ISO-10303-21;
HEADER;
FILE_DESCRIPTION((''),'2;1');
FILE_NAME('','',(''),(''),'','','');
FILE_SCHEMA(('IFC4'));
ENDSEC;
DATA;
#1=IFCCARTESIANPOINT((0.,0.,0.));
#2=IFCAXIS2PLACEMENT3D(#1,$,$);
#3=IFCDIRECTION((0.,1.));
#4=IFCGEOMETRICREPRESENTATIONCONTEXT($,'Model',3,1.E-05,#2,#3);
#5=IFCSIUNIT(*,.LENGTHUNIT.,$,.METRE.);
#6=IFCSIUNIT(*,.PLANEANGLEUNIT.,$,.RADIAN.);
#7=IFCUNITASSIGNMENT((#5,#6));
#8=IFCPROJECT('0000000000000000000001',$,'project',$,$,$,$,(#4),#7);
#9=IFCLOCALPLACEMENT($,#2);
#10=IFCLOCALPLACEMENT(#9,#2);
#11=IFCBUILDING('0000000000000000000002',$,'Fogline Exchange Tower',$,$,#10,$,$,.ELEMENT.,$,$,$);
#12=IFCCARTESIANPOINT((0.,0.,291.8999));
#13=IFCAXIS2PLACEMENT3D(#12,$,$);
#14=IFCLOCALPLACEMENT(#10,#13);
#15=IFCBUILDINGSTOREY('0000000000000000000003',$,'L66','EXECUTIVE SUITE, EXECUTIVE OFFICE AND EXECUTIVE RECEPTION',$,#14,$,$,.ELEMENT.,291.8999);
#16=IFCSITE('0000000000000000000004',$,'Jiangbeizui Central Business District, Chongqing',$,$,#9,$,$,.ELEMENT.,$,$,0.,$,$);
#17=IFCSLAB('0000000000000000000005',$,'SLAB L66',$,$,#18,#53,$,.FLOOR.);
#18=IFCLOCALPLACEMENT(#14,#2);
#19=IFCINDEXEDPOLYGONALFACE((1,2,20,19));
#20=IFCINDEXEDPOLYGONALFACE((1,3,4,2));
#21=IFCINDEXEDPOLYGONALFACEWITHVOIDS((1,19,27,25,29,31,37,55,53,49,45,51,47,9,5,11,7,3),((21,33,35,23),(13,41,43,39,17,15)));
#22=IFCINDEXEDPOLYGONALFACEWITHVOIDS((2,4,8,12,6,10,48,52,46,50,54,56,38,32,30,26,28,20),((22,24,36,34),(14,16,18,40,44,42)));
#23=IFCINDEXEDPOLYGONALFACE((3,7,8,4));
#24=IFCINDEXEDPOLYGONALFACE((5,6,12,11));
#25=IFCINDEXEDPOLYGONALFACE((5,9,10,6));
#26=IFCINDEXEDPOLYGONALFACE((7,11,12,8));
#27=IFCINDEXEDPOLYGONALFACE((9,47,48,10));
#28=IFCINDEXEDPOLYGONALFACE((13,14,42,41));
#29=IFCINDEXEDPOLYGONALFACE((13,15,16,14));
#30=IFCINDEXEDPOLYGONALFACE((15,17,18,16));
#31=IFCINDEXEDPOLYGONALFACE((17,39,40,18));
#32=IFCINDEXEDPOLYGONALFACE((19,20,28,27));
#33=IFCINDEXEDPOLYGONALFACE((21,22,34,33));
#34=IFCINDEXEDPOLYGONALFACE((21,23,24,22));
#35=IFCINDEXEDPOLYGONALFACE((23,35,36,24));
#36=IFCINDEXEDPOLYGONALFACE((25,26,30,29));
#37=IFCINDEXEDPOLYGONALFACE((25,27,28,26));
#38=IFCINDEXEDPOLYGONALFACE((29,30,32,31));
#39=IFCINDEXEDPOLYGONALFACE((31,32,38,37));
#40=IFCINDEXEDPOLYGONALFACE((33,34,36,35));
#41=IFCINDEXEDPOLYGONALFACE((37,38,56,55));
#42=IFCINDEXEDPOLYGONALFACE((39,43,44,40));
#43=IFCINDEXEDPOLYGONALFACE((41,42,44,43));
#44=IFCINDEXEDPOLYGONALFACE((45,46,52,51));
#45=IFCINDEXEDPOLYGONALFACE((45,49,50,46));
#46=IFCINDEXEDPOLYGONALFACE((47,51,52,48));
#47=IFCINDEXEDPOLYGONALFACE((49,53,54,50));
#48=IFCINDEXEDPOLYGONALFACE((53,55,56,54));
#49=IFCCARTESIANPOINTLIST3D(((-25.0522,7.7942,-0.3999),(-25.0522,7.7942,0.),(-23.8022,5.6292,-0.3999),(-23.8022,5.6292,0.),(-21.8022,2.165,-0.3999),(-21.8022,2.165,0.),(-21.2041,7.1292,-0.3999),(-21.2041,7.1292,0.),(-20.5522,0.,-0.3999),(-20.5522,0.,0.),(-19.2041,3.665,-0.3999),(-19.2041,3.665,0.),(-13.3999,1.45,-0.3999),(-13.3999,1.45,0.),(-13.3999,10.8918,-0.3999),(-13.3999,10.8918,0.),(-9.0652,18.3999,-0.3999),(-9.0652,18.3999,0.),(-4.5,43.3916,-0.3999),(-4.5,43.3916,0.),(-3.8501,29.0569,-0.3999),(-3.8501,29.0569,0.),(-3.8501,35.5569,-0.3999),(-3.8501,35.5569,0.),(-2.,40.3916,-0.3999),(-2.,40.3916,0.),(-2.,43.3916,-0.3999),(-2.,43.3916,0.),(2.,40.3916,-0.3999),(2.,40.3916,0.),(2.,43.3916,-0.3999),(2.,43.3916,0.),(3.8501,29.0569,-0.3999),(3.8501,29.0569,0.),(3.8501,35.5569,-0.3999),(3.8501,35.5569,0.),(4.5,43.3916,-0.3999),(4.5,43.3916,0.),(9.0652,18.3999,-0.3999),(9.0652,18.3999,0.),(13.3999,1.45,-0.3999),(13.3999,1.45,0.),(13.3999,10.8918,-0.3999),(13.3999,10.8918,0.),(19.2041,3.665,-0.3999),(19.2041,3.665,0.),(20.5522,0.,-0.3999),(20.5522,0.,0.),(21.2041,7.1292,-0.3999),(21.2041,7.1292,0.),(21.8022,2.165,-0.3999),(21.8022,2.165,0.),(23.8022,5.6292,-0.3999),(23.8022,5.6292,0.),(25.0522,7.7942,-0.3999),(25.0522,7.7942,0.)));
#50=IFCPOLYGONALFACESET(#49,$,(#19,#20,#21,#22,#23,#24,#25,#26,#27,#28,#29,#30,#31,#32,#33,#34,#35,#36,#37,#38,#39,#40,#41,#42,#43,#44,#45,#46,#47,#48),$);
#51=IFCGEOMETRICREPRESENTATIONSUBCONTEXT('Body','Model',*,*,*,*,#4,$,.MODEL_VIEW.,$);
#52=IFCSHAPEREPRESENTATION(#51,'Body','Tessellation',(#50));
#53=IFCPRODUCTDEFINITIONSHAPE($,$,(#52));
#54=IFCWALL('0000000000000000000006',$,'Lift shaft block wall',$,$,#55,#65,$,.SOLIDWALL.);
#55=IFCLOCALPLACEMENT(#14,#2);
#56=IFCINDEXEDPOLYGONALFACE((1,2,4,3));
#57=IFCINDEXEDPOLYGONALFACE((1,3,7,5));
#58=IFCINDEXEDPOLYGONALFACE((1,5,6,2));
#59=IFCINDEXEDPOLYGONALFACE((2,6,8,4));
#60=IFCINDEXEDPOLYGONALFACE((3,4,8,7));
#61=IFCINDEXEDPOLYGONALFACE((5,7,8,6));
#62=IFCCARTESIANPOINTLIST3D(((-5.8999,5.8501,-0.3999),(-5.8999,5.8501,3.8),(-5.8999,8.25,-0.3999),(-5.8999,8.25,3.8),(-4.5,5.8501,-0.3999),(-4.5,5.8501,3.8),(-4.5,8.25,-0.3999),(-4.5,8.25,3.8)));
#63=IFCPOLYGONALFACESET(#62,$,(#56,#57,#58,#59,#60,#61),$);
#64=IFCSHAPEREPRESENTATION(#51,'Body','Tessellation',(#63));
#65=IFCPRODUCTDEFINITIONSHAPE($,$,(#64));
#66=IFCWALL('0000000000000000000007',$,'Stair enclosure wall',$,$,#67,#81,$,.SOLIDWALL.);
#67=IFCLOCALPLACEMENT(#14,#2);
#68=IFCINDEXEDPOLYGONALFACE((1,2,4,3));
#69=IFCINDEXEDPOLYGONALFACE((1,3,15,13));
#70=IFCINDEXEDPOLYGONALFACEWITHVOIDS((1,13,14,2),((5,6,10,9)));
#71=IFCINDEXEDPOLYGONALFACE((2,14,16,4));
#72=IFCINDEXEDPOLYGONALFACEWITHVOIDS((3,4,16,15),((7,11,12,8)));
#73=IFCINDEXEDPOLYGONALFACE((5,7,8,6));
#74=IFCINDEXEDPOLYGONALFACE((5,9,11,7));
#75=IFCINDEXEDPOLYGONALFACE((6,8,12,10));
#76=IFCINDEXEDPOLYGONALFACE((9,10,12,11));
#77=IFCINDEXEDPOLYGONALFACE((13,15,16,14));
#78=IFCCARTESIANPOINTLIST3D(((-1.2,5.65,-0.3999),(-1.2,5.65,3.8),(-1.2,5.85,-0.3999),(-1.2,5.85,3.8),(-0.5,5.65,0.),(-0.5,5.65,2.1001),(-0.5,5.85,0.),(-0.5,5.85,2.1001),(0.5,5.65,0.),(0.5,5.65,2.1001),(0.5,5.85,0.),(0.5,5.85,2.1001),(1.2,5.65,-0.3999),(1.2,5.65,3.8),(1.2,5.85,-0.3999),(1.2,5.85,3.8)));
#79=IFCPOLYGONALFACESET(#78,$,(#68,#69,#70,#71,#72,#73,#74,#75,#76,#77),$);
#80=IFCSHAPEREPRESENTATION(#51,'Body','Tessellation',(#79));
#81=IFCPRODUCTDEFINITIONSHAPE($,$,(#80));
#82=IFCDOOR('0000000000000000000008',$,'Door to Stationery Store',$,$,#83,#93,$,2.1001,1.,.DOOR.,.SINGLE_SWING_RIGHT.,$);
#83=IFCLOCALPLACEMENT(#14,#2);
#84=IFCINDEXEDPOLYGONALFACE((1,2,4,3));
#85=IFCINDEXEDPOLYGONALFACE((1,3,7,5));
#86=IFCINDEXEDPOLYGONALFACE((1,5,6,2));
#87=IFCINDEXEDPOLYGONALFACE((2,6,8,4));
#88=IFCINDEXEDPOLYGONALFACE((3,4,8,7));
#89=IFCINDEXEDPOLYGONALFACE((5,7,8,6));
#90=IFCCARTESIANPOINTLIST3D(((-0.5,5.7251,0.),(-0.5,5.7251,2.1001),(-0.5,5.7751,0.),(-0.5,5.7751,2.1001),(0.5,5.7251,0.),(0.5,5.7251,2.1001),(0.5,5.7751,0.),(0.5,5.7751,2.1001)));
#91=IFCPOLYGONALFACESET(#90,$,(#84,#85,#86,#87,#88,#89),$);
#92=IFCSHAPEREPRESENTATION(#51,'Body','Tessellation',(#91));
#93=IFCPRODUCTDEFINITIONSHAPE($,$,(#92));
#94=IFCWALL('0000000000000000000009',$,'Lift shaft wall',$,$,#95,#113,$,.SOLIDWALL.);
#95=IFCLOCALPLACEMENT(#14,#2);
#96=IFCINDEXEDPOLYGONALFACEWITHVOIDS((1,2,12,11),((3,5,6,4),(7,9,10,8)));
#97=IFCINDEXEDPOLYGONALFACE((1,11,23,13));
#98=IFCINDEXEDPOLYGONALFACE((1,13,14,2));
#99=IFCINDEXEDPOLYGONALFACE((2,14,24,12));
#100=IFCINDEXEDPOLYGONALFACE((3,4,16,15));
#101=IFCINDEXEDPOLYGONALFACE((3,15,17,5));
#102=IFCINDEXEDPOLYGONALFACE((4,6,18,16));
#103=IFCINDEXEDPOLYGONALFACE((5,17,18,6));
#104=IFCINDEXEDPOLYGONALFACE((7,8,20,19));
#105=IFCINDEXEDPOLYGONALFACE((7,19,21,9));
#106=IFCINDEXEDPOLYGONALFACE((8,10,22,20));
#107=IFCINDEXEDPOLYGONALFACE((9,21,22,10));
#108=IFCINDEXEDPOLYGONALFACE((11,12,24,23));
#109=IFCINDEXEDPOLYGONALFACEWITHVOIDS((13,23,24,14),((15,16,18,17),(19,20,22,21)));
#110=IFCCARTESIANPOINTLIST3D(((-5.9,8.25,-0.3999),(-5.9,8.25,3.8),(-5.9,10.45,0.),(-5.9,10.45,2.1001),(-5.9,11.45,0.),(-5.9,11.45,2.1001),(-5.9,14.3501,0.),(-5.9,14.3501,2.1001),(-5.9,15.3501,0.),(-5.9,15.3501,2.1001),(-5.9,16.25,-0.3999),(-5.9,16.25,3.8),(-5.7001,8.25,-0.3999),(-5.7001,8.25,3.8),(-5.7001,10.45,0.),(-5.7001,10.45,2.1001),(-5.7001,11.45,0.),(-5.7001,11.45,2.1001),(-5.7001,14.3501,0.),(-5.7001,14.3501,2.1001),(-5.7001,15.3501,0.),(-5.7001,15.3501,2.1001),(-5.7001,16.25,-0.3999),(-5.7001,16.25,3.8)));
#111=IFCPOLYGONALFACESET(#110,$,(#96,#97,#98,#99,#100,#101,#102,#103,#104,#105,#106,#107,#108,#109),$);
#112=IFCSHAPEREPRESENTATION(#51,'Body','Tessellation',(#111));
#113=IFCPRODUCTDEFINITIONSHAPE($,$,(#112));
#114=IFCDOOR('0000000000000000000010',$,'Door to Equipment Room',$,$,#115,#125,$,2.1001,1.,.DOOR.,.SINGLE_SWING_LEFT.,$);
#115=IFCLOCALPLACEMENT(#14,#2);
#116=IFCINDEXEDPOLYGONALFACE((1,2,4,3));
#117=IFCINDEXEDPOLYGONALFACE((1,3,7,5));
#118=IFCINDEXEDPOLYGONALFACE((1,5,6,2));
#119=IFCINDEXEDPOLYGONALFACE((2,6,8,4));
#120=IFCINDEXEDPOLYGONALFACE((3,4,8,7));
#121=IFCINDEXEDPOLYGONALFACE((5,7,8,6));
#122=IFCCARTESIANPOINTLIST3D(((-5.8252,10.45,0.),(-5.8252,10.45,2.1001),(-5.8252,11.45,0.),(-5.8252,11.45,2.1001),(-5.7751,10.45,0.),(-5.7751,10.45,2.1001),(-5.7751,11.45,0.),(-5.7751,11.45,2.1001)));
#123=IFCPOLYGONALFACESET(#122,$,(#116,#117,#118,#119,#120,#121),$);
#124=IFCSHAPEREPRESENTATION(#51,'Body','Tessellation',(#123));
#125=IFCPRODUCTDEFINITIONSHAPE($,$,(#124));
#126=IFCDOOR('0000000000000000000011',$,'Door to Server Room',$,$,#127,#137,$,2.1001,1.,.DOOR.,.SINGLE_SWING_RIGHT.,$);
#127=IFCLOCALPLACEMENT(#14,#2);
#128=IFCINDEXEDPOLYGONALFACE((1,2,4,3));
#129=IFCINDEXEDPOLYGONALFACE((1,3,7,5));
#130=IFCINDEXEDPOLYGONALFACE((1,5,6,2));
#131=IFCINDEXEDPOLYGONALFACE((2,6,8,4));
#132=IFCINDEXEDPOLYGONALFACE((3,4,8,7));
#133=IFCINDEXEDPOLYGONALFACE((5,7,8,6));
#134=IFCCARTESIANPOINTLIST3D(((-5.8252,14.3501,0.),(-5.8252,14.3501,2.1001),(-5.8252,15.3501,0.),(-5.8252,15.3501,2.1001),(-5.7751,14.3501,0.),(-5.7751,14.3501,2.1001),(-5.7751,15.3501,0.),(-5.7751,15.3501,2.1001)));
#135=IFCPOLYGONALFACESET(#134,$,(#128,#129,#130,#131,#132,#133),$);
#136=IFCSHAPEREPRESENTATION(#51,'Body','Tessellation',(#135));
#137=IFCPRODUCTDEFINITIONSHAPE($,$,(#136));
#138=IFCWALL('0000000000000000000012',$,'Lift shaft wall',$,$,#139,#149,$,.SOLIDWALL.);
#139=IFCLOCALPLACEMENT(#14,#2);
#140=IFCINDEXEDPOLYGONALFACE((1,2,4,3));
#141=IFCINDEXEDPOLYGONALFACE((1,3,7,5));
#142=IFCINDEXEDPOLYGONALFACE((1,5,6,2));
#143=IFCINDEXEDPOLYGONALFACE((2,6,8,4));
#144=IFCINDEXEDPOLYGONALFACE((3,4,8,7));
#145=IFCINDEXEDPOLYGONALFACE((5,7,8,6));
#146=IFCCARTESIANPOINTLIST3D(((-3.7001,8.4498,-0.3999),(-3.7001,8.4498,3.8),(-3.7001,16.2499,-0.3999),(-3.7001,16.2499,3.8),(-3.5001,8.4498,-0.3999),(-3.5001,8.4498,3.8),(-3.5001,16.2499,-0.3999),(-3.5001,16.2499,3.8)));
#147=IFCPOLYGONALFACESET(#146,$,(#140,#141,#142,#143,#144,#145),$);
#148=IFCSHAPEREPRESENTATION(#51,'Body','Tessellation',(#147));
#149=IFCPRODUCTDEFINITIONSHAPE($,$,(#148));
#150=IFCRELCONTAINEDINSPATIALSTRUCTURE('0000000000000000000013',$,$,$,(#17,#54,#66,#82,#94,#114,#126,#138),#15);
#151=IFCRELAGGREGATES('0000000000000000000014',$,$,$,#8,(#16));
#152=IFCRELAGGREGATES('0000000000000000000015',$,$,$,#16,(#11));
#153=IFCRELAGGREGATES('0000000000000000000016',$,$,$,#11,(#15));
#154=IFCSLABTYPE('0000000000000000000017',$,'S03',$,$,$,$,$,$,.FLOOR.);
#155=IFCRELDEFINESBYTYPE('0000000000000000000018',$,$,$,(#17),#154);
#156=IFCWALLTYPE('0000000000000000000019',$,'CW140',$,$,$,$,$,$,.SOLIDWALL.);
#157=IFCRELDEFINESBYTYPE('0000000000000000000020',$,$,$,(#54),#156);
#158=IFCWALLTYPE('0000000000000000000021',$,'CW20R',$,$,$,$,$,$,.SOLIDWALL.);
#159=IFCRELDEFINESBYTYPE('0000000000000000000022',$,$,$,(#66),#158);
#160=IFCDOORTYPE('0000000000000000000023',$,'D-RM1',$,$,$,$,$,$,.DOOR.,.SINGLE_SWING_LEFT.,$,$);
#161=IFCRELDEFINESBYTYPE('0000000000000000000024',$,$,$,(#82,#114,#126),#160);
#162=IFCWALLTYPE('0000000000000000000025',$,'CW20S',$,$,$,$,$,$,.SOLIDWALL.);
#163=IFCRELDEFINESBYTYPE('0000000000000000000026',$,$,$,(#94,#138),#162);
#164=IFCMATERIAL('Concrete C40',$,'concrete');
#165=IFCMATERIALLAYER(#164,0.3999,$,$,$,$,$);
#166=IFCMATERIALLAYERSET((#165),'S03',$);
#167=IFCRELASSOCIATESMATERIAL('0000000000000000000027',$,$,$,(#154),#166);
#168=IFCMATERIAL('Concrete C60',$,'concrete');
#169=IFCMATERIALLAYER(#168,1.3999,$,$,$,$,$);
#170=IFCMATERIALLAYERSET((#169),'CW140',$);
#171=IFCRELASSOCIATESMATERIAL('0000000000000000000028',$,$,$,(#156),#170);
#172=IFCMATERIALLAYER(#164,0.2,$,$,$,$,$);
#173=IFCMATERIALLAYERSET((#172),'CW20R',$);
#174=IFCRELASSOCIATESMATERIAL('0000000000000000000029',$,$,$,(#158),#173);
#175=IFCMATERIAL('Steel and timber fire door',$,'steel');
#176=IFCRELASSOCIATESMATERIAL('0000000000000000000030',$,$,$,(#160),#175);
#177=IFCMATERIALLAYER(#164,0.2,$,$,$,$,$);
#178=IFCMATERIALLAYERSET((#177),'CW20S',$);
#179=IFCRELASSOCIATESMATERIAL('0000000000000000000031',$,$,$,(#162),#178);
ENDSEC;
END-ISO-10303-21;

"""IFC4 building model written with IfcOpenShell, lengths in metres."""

from ifc_helpers import new_model, si_unit, direction, frame, frame_2d, origin, place, context, subcontext, project, spatial, polyline, rectangle, outline, extrude, material, layer, layer_set, type_object, element, fill, save


model = new_model("IFC4")

# Units and contexts
model_context = context("Model", 3, precision=1e-05, world=origin(), true_north=direction((0.0, 1.0)))
body_context = subcontext(model_context, "Body", "Model", "MODEL_VIEW")
ifc_project = project(units=[si_unit("LENGTHUNIT", "METRE"), si_unit("PLANEANGLEUNIT", "RADIAN")], contexts=[model_context])

# Site, building, storey
site_placement = place(None, origin())
site = spatial("IfcSite", under=ifc_project, at=site_placement, Name="Jiangbeizui Central Business District, Chongqing", CompositionType="ELEMENT", RefElevation=0.0)
building_placement = place(site_placement, origin())
building = spatial("IfcBuilding", under=site, at=building_placement, Name="Fogline Exchange Tower", CompositionType="ELEMENT")
storey_placement = place(building_placement, frame((0.0, 0.0, 291.8999)))
storey = spatial("IfcBuildingStorey", under=building, at=storey_placement, Name="L66", Description="EXECUTIVE SUITE, EXECUTIVE OFFICE AND EXECUTIVE RECEPTION", CompositionType="ELEMENT", Elevation=291.8999)

# Slab
ifc_material_1 = material(Name="Concrete C40", Category="concrete")
ifc_layer_1 = layer(ifc_material_1, 0.3999)
ifc_layer_set_1 = layer_set([ifc_layer_1], Name="S03")
slab_type = type_object("IfcSlabType", Name="S03", PredefinedType="FLOOR", material=ifc_layer_set_1)
slab_placement = place(storey_placement, frame((0.0, 0.0, -0.3999)))
element("IfcSlab", 1, at=slab_placement, inside=storey, type_object=slab_type, Name="SLAB L66", PredefinedType="FLOOR", context=body_context, shape_type="SweptSolid", body=[
    extrude(outline(polyline([(-2.0, 43.3916), (-4.5, 43.3916), (-25.0522, 7.7942), (-23.8022, 5.6292), (-21.2041, 7.1292), (-19.2041, 3.665), (-21.8022, 2.165), (-20.5522, 0.0), (20.5522, 0.0), (21.8022, 2.165), (19.2041, 3.665), (21.2041, 7.1292), (23.8022, 5.6292), (25.0522, 7.7942), (4.5, 43.3916), (2.0, 43.3916), (2.0, 40.3916), (-2.0, 40.3916), (-2.0, 43.3916)]), holes=[polyline([(13.3999, 10.8918), (13.3999, 1.45), (-13.3999, 1.45), (-13.3999, 10.8918), (-9.0652, 18.3999), (9.0652, 18.3999), (13.3999, 10.8918)]), polyline([(3.8501, 35.5569), (3.8501, 29.0569), (-3.8501, 29.0569), (-3.8501, 35.5569), (3.8501, 35.5569)])]), origin(), (0.0, 0.0, 1.0), 0.3999),
])

# Wall
ifc_material_2 = material(Name="Concrete C60", Category="concrete")
ifc_layer_2 = layer(ifc_material_2, 1.3999)
ifc_layer_set_2 = layer_set([ifc_layer_2], Name="CW140")
wall_type_1 = type_object("IfcWallType", Name="CW140", PredefinedType="SOLIDWALL", material=ifc_layer_set_2)
wall_1_placement = place(storey_placement, frame((-5.2, 5.8501, -0.3999), z_axis=(0.0, 0.0, 1.0), x_axis=(0.0, 1.0, 0.0)))
element("IfcWall", 2, at=wall_1_placement, inside=storey, type_object=wall_type_1, Name="Lift shaft block wall", PredefinedType="SOLIDWALL", context=body_context, shape_type="SweptSolid", body=[
    extrude(rectangle(XDim=2.3999, YDim=1.3999, at=frame_2d((1.2, 0.0))), origin(), (0.0, 0.0, 1.0), 4.2),
])

# Wall, opening, door
ifc_layer_3 = layer(ifc_material_1, 0.2)
ifc_layer_set_3 = layer_set([ifc_layer_3], Name="CW20R")
wall_type_2 = type_object("IfcWallType", Name="CW20R", PredefinedType="SOLIDWALL", material=ifc_layer_set_3)
wall_2_placement = place(storey_placement, frame((-1.2, 5.75, -0.3999), z_axis=(0.0, 0.0, 1.0), x_axis=(1.0, 0.0, 0.0)))
wall_2 = element("IfcWall", 3, at=wall_2_placement, inside=storey, type_object=wall_type_2, Name="Stair enclosure wall", PredefinedType="SOLIDWALL", context=body_context, shape_type="SweptSolid", body=[
    extrude(rectangle(XDim=2.3999, YDim=0.2, at=frame_2d((1.2, 0.0))), origin(), (0.0, 0.0, 1.0), 4.2),
])
opening_1_placement = place(wall_2_placement, frame((0.7, 0.0, 0.3999)))
opening_1 = element("IfcOpeningElement", 4, at=opening_1_placement, cuts=wall_2, PredefinedType="OPENING", context=body_context, shape_type="SweptSolid", body=[
    extrude(rectangle(XDim=1.0, YDim=2.1001, at=frame_2d((0.5, 1.05))), frame((0.0, 0.1099, 0.0), z_axis=(0.0, -1.0, 0.0), x_axis=(1.0, 0.0, 0.0)), (0.0, 0.0, 1.0), 0.22),
])
ifc_material_3 = material(Name="Steel and timber fire door", Category="steel")
door_type_1 = type_object("IfcDoorType", Name="D-RM1", OperationType="SINGLE_SWING_LEFT", PredefinedType="DOOR", material=ifc_material_3)
door_1_placement = place(opening_1_placement, frame((1.0, 0.0, 0.0), z_axis=(0.0, 0.0, 1.0), x_axis=(-1.0, 0.0, 0.0)))
door_1 = element("IfcDoor", 5, at=door_1_placement, inside=storey, type_object=door_type_1, Name="Door to Stationery Store", OperationType="SINGLE_SWING_RIGHT", OverallHeight=2.1001, OverallWidth=1.0, PredefinedType="DOOR", context=body_context, shape_type="SweptSolid", body=[
    extrude(rectangle(XDim=1.0, YDim=2.1001, at=frame_2d((0.5, 1.05))), frame((0.0, 0.0249, 0.0), z_axis=(0.0, -1.0, 0.0), x_axis=(1.0, 0.0, 0.0)), (0.0, 0.0, 1.0), 0.05),
])
fill(opening_1, door_1)

# Wall, openings, doors
ifc_layer_4 = layer(ifc_material_1, 0.2)
ifc_layer_set_4 = layer_set([ifc_layer_4], Name="CW20S")
wall_type_3 = type_object("IfcWallType", Name="CW20S", PredefinedType="SOLIDWALL", material=ifc_layer_set_4)
wall_3_placement = place(storey_placement, frame((-5.8, 8.25, -0.3999), z_axis=(0.0, 0.0, 1.0), x_axis=(0.0, 1.0, 0.0)))
wall_3 = element("IfcWall", 6, at=wall_3_placement, inside=storey, type_object=wall_type_3, Name="Lift shaft wall", PredefinedType="SOLIDWALL", context=body_context, shape_type="SweptSolid", body=[
    extrude(rectangle(XDim=8.0, YDim=0.2, at=frame_2d((4.0, 0.0))), origin(), (0.0, 0.0, 1.0), 4.2),
])
opening_2_placement = place(wall_3_placement, frame((2.2, 0.0, 0.3999)))
opening_2 = element("IfcOpeningElement", 7, at=opening_2_placement, cuts=wall_3, PredefinedType="OPENING", context=body_context, shape_type="SweptSolid", body=[
    extrude(rectangle(XDim=1.0, YDim=2.1001, at=frame_2d((0.5, 1.05))), frame((0.0, 0.1099, 0.0), z_axis=(0.0, -1.0, 0.0), x_axis=(1.0, 0.0, 0.0)), (0.0, 0.0, 1.0), 0.22),
])
opening_3_placement = place(wall_3_placement, frame((6.1001, 0.0, 0.3999)))
opening_3 = element("IfcOpeningElement", 8, at=opening_3_placement, cuts=wall_3, PredefinedType="OPENING", context=body_context, shape_type="SweptSolid", body=[
    extrude(rectangle(XDim=1.0, YDim=2.1001, at=frame_2d((0.5, 1.05))), frame((0.0, 0.1099, 0.0), z_axis=(0.0, -1.0, 0.0), x_axis=(1.0, 0.0, 0.0)), (0.0, 0.0, 1.0), 0.22),
])
door_2_placement = place(opening_2_placement, frame((1.0, 0.0, 0.0), z_axis=(0.0, 0.0, 1.0), x_axis=(-1.0, 0.0, 0.0)))
door_2 = element("IfcDoor", 9, at=door_2_placement, inside=storey, type_object=door_type_1, Name="Door to Equipment Room", OperationType="SINGLE_SWING_LEFT", OverallHeight=2.1001, OverallWidth=1.0, PredefinedType="DOOR", context=body_context, shape_type="SweptSolid", body=[
    extrude(rectangle(XDim=1.0, YDim=2.1001, at=frame_2d((0.5, 1.05))), frame((0.0, 0.0249, 0.0), z_axis=(0.0, -1.0, 0.0), x_axis=(1.0, 0.0, 0.0)), (0.0, 0.0, 1.0), 0.05),
])
fill(opening_2, door_2)
door_3_placement = place(opening_3_placement, frame((1.0, 0.0, 0.0), z_axis=(0.0, 0.0, 1.0), x_axis=(-1.0, 0.0, 0.0)))
door_3 = element("IfcDoor", 10, at=door_3_placement, inside=storey, type_object=door_type_1, Name="Door to Server Room", OperationType="SINGLE_SWING_RIGHT", OverallHeight=2.1001, OverallWidth=1.0, PredefinedType="DOOR", context=body_context, shape_type="SweptSolid", body=[
    extrude(rectangle(XDim=1.0, YDim=2.1001, at=frame_2d((0.5, 1.05))), frame((0.0, 0.0249, 0.0), z_axis=(0.0, -1.0, 0.0), x_axis=(1.0, 0.0, 0.0)), (0.0, 0.0, 1.0), 0.05),
])
fill(opening_3, door_3)

# Wall
wall_4_placement = place(storey_placement, frame((-3.6001, 8.45, -0.3999), z_axis=(0.0, 0.0, 1.0), x_axis=(0.0, 1.0, 0.0)))
element("IfcWall", 11, at=wall_4_placement, inside=storey, type_object=wall_type_3, Name="Lift shaft wall", PredefinedType="SOLIDWALL", context=body_context, shape_type="SweptSolid", body=[
    extrude(rectangle(XDim=7.8, YDim=0.2, at=frame_2d((3.8999, 0.0))), origin(), (0.0, 0.0, 1.0), 4.2),
])

save(model, "model.ifc")
